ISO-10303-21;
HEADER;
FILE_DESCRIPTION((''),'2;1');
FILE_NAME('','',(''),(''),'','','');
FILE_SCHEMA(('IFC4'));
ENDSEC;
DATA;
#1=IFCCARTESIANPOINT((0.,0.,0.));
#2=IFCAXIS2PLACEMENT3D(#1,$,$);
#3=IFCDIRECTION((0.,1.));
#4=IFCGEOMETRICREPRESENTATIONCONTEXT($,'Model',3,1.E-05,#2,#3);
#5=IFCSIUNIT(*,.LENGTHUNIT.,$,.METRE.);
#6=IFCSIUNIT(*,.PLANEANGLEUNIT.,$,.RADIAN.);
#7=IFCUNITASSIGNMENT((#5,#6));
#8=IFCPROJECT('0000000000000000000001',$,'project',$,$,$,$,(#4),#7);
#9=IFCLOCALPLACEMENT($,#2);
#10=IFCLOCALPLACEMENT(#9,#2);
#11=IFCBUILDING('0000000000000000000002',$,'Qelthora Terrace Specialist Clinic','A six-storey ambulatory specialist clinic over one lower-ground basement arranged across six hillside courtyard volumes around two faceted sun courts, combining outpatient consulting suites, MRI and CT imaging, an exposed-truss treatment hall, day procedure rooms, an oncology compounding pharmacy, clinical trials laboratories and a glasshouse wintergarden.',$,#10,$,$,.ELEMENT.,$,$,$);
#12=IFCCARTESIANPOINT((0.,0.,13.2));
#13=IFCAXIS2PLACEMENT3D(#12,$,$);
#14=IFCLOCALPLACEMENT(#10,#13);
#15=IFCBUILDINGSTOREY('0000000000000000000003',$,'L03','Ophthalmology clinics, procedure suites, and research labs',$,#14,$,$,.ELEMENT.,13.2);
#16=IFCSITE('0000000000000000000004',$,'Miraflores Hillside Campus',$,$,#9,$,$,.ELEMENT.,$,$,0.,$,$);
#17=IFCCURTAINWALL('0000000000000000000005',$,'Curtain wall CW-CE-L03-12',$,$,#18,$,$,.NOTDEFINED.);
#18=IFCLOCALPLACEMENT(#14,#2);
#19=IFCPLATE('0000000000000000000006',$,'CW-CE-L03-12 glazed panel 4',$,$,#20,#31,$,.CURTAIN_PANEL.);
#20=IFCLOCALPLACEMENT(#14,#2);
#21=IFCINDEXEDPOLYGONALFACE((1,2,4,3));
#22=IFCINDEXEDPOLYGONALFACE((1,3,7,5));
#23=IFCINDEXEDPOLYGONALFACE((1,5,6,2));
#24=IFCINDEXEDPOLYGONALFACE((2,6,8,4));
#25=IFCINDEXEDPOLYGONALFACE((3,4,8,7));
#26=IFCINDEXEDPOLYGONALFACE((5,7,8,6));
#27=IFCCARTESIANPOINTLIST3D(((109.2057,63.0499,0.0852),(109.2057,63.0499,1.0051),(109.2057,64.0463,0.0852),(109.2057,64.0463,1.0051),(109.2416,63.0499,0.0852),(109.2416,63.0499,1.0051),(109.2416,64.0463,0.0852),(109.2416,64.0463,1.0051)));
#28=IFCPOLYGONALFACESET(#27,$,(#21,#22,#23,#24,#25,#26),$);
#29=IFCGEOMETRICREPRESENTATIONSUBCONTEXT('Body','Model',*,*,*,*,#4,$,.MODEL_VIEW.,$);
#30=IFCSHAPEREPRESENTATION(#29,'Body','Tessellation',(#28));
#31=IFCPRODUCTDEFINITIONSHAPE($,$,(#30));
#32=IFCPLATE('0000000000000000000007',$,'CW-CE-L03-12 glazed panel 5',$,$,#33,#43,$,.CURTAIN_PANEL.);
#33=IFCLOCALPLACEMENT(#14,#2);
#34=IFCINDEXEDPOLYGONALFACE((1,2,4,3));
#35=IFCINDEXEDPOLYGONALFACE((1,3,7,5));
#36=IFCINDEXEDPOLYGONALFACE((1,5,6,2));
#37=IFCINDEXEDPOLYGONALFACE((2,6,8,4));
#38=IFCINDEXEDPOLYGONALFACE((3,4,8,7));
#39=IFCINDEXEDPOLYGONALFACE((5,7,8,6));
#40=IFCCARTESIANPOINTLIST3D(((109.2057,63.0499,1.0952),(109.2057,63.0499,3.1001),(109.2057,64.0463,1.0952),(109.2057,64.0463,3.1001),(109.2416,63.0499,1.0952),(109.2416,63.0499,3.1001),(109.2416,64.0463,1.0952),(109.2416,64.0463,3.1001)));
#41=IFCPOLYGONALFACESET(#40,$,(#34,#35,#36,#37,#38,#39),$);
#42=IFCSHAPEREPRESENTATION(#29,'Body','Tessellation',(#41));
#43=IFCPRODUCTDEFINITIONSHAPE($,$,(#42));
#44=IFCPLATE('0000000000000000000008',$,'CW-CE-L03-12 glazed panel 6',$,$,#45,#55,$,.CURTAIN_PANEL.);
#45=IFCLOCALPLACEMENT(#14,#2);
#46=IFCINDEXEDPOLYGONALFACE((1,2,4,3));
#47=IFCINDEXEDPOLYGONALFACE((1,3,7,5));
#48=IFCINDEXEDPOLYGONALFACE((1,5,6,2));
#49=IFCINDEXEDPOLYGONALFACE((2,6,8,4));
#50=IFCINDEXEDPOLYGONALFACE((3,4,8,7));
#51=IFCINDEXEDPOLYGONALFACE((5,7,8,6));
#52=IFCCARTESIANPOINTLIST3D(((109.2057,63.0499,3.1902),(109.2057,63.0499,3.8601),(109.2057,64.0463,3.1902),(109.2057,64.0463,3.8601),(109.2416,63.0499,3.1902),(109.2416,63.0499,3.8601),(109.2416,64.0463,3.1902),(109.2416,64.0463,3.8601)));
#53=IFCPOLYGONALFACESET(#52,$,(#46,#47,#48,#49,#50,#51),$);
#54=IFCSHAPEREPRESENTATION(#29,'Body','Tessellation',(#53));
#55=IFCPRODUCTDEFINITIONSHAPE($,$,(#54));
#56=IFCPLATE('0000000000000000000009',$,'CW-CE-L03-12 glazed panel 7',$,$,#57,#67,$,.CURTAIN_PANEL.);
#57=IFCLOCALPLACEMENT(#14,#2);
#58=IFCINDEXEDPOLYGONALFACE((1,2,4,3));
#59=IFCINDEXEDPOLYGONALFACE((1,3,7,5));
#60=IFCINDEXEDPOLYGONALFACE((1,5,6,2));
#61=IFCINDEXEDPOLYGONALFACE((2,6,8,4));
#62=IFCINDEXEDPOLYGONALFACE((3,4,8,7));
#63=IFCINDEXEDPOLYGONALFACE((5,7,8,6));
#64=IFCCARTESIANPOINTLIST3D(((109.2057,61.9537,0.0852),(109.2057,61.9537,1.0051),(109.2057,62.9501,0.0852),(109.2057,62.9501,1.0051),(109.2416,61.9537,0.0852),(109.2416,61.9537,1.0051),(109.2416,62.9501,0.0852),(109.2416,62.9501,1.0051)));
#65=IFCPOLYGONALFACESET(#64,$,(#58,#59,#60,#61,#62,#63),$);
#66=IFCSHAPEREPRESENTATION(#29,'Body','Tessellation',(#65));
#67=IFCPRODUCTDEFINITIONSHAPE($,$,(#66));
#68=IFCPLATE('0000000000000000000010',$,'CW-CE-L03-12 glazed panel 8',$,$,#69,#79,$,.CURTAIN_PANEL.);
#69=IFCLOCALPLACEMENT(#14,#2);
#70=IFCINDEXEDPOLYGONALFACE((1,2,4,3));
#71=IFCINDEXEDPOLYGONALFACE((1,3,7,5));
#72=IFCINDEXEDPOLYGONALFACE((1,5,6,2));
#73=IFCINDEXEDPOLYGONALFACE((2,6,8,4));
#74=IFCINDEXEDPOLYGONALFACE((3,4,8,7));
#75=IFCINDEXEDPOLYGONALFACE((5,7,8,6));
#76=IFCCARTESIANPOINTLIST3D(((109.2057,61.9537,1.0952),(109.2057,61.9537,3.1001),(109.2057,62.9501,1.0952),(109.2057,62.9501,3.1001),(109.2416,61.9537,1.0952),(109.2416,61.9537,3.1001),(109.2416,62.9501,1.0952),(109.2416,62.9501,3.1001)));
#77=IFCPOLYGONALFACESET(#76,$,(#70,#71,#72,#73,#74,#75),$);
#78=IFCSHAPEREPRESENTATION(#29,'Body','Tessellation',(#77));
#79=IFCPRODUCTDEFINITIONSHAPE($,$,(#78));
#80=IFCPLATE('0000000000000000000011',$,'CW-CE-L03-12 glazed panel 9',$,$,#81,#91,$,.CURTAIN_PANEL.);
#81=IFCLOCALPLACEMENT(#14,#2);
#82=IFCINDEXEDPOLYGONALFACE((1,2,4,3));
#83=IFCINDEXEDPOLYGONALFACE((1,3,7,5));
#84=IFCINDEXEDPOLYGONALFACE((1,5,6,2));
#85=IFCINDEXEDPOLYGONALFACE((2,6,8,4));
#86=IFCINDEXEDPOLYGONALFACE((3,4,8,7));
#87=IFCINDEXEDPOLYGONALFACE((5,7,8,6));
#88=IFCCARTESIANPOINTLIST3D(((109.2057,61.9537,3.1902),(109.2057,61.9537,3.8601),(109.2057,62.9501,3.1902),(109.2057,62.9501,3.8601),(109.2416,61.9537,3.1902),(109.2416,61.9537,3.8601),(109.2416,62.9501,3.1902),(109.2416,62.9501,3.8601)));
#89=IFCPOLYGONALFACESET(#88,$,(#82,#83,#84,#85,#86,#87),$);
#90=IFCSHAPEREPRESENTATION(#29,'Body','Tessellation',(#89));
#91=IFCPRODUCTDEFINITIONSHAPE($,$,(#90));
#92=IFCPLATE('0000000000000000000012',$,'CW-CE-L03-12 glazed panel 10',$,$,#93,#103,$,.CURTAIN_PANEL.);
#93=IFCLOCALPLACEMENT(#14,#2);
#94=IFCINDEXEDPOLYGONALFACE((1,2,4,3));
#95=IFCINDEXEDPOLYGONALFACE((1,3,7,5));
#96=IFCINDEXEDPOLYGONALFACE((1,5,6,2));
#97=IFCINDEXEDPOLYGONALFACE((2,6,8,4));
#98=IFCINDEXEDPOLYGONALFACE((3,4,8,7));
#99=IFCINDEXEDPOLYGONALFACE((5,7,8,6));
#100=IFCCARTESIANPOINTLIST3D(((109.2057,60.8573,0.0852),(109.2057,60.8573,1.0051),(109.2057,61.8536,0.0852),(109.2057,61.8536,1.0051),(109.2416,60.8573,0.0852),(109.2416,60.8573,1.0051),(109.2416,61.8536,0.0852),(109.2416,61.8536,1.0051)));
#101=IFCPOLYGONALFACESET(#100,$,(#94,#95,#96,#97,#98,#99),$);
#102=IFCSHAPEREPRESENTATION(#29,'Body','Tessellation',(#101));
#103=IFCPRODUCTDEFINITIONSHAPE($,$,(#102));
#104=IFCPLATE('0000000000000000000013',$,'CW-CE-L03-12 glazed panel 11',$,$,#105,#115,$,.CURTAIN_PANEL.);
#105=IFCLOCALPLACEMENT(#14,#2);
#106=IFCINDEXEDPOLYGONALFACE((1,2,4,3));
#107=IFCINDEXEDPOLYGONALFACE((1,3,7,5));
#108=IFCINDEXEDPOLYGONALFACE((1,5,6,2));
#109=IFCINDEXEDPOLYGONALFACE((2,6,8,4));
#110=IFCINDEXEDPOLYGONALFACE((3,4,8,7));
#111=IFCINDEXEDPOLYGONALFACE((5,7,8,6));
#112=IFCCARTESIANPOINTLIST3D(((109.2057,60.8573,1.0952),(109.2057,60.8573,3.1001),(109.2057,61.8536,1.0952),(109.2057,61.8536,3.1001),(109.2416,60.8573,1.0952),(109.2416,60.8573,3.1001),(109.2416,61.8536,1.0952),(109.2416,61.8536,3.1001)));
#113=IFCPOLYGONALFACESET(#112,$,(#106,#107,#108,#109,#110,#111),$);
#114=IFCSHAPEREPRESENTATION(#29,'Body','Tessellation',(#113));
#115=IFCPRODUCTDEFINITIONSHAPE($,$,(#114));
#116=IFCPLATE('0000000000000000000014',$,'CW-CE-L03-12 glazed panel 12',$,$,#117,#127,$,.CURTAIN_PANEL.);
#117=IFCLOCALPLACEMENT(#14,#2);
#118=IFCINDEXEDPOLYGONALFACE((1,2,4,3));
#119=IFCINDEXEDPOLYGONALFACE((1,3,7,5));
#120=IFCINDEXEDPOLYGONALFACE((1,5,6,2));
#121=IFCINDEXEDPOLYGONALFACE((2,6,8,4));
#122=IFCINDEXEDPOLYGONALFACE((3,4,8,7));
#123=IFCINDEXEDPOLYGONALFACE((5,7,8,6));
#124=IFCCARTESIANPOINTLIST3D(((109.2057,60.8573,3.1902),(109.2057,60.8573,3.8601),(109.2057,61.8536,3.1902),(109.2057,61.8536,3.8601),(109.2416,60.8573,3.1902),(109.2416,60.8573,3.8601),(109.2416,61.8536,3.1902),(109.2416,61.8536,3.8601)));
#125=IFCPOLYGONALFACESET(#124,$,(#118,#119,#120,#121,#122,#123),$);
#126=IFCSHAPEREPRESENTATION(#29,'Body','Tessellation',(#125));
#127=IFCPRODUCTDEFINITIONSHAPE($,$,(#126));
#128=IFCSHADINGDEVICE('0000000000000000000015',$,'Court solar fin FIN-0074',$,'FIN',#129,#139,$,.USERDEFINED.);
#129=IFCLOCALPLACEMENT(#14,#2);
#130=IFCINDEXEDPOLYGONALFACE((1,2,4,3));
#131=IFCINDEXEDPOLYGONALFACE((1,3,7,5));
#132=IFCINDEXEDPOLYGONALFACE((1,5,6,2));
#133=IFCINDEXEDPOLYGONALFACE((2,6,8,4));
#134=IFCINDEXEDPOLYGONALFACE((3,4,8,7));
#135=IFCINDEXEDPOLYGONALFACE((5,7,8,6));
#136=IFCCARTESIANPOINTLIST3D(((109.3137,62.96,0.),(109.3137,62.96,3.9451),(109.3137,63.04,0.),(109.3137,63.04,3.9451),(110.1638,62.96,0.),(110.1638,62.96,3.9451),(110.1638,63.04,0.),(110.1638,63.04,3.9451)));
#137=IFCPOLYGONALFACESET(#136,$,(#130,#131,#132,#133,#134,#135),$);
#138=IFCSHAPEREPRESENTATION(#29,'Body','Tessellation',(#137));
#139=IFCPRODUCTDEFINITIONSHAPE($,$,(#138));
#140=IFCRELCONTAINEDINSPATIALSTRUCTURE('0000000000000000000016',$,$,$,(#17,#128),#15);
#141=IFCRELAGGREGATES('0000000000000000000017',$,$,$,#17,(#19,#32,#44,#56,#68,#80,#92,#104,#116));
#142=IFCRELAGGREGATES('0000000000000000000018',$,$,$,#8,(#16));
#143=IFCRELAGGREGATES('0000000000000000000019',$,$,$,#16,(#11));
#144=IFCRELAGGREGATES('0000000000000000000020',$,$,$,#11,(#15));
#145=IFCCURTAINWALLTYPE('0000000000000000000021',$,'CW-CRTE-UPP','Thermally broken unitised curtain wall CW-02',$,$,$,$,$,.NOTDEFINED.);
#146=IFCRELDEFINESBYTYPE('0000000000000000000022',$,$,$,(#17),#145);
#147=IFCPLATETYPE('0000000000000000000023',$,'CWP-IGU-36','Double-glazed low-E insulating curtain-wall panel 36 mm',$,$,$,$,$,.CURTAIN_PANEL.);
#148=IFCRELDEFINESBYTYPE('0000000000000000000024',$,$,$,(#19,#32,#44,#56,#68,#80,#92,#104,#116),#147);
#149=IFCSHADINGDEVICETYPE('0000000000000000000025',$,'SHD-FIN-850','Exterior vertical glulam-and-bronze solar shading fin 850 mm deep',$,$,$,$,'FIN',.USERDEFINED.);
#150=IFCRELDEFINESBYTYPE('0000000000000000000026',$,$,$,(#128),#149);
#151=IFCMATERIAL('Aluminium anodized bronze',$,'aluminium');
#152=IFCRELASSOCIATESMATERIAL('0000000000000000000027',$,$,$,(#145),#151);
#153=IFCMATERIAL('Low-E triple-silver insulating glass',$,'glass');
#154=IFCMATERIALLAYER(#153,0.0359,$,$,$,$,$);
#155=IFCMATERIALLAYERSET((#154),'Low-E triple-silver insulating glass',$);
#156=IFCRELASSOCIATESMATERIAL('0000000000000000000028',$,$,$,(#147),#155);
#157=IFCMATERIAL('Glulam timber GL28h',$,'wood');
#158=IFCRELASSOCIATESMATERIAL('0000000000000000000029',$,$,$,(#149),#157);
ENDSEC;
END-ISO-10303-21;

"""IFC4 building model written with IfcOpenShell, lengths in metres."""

from ifc_helpers import new_model, si_unit, direction, frame, origin, origin_2d, place, context, subcontext, project, spatial, rectangle, extrude, material, layer, layer_set, type_object, element, aggregate, save


model = new_model("IFC4")

# Units and contexts
model_context = context("Model", 3, precision=1e-05, world=origin(), true_north=direction((0.0, 1.0)))
body_context = subcontext(model_context, "Body", "Model", "MODEL_VIEW")
ifc_project = project(units=[si_unit("LENGTHUNIT", "METRE"), si_unit("PLANEANGLEUNIT", "RADIAN")], contexts=[model_context])

# Site, building, storey
site_placement = place(None, origin())
site = spatial("IfcSite", under=ifc_project, at=site_placement, Name="Miraflores Hillside Campus", CompositionType="ELEMENT", RefElevation=0.0)
building_placement = place(site_placement, origin())
building = spatial("IfcBuilding", under=site, at=building_placement, Name="Qelthora Terrace Specialist Clinic", Description="A six-storey ambulatory specialist clinic over one lower-ground basement arranged across six hillside courtyard volumes around two faceted sun courts, combining outpatient consulting suites, MRI and CT imaging, an exposed-truss treatment hall, day procedure rooms, an oncology compounding pharmacy, clinical trials laboratories and a glasshouse wintergarden.", CompositionType="ELEMENT")
storey_placement = place(building_placement, frame((0.0, 0.0, 13.2)))
storey = spatial("IfcBuildingStorey", under=building, at=storey_placement, Name="L03", Description="Ophthalmology clinics, procedure suites, and research labs", CompositionType="ELEMENT", Elevation=13.2)

# Shared definitions
ifc_material_1 = material(Name="Aluminium anodized bronze", Category="aluminium")
curtain_wall_type = type_object("IfcCurtainWallType", Name="CW-CRTE-UPP", Description="Thermally broken unitised curtain wall CW-02", PredefinedType="NOTDEFINED", material=ifc_material_1)

# Curtain wall
curtain_wall_1_placement = place(storey_placement, origin())
curtain_wall_1 = element("IfcCurtainWall", 1, at=curtain_wall_1_placement, inside=storey, type_object=curtain_wall_type, Name="Curtain wall CW-CE-L03-12", PredefinedType="NOTDEFINED")

# Plates
ifc_material_2 = material(Name="Low-E triple-silver insulating glass", Category="glass")
ifc_layer = layer(ifc_material_2, 0.0359)
ifc_layer_set = layer_set([ifc_layer], Name="Low-E triple-silver insulating glass")
plate_type = type_object("IfcPlateType", Name="CWP-IGU-36", Description="Double-glazed low-E insulating curtain-wall panel 36 mm", PredefinedType="CURTAIN_PANEL", material=ifc_layer_set)
plate_1_placement = place(storey_placement, frame((109.2236, 63.5481, 0.0852), z_axis=(0.0, 0.0, 1.0), x_axis=(0.0, -1.0, 0.0)))
plate_1 = element("IfcPlate", 2, at=plate_1_placement, type_object=plate_type, Name="CW-CE-L03-12 glazed panel 4", PredefinedType="CURTAIN_PANEL", context=body_context, shape_type="SweptSolid", body=[
    extrude(rectangle(XDim=0.9963, YDim=0.0359, at=origin_2d()), origin(), (0.0, 0.0, 1.0), 0.9199),
])
plate_2_placement = place(storey_placement, frame((109.2236, 63.5481, 1.0952), z_axis=(0.0, 0.0, 1.0), x_axis=(0.0, -1.0, 0.0)))
plate_2 = element("IfcPlate", 3, at=plate_2_placement, type_object=plate_type, Name="CW-CE-L03-12 glazed panel 5", PredefinedType="CURTAIN_PANEL", context=body_context, shape_type="SweptSolid", body=[
    extrude(rectangle(XDim=0.9963, YDim=0.0359, at=origin_2d()), origin(), (0.0, 0.0, 1.0), 2.0049),
])
plate_3_placement = place(storey_placement, frame((109.2236, 63.5481, 3.1902), z_axis=(0.0, 0.0, 1.0), x_axis=(0.0, -1.0, 0.0)))
plate_3 = element("IfcPlate", 4, at=plate_3_placement, type_object=plate_type, Name="CW-CE-L03-12 glazed panel 6", PredefinedType="CURTAIN_PANEL", context=body_context, shape_type="SweptSolid", body=[
    extrude(rectangle(XDim=0.9963, YDim=0.0359, at=origin_2d()), origin(), (0.0, 0.0, 1.0), 0.6699),
])
plate_4_placement = place(storey_placement, frame((109.2236, 62.4519, 0.0852), z_axis=(0.0, 0.0, 1.0), x_axis=(0.0, -1.0, 0.0)))
plate_4 = element("IfcPlate", 5, at=plate_4_placement, type_object=plate_type, Name="CW-CE-L03-12 glazed panel 7", PredefinedType="CURTAIN_PANEL", context=body_context, shape_type="SweptSolid", body=[
    extrude(rectangle(XDim=0.9963, YDim=0.0359, at=origin_2d()), origin(), (0.0, 0.0, 1.0), 0.9199),
])
plate_5_placement = place(storey_placement, frame((109.2236, 62.4519, 1.0952), z_axis=(0.0, 0.0, 1.0), x_axis=(0.0, -1.0, 0.0)))
plate_5 = element("IfcPlate", 6, at=plate_5_placement, type_object=plate_type, Name="CW-CE-L03-12 glazed panel 8", PredefinedType="CURTAIN_PANEL", context=body_context, shape_type="SweptSolid", body=[
    extrude(rectangle(XDim=0.9963, YDim=0.0359, at=origin_2d()), origin(), (0.0, 0.0, 1.0), 2.0049),
])
plate_6_placement = place(storey_placement, frame((109.2236, 62.4519, 3.1902), z_axis=(0.0, 0.0, 1.0), x_axis=(0.0, -1.0, 0.0)))
plate_6 = element("IfcPlate", 7, at=plate_6_placement, type_object=plate_type, Name="CW-CE-L03-12 glazed panel 9", PredefinedType="CURTAIN_PANEL", context=body_context, shape_type="SweptSolid", body=[
    extrude(rectangle(XDim=0.9963, YDim=0.0359, at=origin_2d()), origin(), (0.0, 0.0, 1.0), 0.6699),
])
plate_7_placement = place(storey_placement, frame((109.2236, 61.3555, 0.0852), z_axis=(0.0, 0.0, 1.0), x_axis=(0.0, -1.0, 0.0)))
plate_7 = element("IfcPlate", 8, at=plate_7_placement, type_object=plate_type, Name="CW-CE-L03-12 glazed panel 10", PredefinedType="CURTAIN_PANEL", context=body_context, shape_type="SweptSolid", body=[
    extrude(rectangle(XDim=0.9963, YDim=0.0359, at=origin_2d()), origin(), (0.0, 0.0, 1.0), 0.9199),
])
plate_8_placement = place(storey_placement, frame((109.2236, 61.3555, 1.0952), z_axis=(0.0, 0.0, 1.0), x_axis=(0.0, -1.0, 0.0)))
plate_8 = element("IfcPlate", 9, at=plate_8_placement, type_object=plate_type, Name="CW-CE-L03-12 glazed panel 11", PredefinedType="CURTAIN_PANEL", context=body_context, shape_type="SweptSolid", body=[
    extrude(rectangle(XDim=0.9963, YDim=0.0359, at=origin_2d()), origin(), (0.0, 0.0, 1.0), 2.0049),
])
plate_9_placement = place(storey_placement, frame((109.2236, 61.3555, 3.1902), z_axis=(0.0, 0.0, 1.0), x_axis=(0.0, -1.0, 0.0)))
plate_9 = element("IfcPlate", 10, at=plate_9_placement, type_object=plate_type, Name="CW-CE-L03-12 glazed panel 12", PredefinedType="CURTAIN_PANEL", context=body_context, shape_type="SweptSolid", body=[
    extrude(rectangle(XDim=0.9963, YDim=0.0359, at=origin_2d()), origin(), (0.0, 0.0, 1.0), 0.6699),
])
aggregate(curtain_wall_1, [plate_1, plate_2, plate_3, plate_4, plate_5, plate_6, plate_7, plate_8, plate_9])

# Shading device
ifc_material_3 = material(Name="Glulam timber GL28h", Category="wood")
shading_device_type = type_object("IfcShadingDeviceType", Name="SHD-FIN-850", Description="Exterior vertical glulam-and-bronze solar shading fin 850 mm deep", ElementType="FIN", PredefinedType="USERDEFINED", material=ifc_material_3)
shading_device_placement = place(storey_placement, frame((109.7388, 63.0, 0.0), z_axis=(0.0, 0.0, 1.0), x_axis=(1.0, 0.0, 0.0)))
element("IfcShadingDevice", 11, at=shading_device_placement, inside=storey, type_object=shading_device_type, Name="Court solar fin FIN-0074", ObjectType="FIN", PredefinedType="USERDEFINED", context=body_context, shape_type="SweptSolid", body=[
    extrude(rectangle(XDim=0.8501, YDim=0.0801, at=origin_2d()), origin(), (0.0, 0.0, 1.0), 3.9451),
])

save(model, "model.ifc")
